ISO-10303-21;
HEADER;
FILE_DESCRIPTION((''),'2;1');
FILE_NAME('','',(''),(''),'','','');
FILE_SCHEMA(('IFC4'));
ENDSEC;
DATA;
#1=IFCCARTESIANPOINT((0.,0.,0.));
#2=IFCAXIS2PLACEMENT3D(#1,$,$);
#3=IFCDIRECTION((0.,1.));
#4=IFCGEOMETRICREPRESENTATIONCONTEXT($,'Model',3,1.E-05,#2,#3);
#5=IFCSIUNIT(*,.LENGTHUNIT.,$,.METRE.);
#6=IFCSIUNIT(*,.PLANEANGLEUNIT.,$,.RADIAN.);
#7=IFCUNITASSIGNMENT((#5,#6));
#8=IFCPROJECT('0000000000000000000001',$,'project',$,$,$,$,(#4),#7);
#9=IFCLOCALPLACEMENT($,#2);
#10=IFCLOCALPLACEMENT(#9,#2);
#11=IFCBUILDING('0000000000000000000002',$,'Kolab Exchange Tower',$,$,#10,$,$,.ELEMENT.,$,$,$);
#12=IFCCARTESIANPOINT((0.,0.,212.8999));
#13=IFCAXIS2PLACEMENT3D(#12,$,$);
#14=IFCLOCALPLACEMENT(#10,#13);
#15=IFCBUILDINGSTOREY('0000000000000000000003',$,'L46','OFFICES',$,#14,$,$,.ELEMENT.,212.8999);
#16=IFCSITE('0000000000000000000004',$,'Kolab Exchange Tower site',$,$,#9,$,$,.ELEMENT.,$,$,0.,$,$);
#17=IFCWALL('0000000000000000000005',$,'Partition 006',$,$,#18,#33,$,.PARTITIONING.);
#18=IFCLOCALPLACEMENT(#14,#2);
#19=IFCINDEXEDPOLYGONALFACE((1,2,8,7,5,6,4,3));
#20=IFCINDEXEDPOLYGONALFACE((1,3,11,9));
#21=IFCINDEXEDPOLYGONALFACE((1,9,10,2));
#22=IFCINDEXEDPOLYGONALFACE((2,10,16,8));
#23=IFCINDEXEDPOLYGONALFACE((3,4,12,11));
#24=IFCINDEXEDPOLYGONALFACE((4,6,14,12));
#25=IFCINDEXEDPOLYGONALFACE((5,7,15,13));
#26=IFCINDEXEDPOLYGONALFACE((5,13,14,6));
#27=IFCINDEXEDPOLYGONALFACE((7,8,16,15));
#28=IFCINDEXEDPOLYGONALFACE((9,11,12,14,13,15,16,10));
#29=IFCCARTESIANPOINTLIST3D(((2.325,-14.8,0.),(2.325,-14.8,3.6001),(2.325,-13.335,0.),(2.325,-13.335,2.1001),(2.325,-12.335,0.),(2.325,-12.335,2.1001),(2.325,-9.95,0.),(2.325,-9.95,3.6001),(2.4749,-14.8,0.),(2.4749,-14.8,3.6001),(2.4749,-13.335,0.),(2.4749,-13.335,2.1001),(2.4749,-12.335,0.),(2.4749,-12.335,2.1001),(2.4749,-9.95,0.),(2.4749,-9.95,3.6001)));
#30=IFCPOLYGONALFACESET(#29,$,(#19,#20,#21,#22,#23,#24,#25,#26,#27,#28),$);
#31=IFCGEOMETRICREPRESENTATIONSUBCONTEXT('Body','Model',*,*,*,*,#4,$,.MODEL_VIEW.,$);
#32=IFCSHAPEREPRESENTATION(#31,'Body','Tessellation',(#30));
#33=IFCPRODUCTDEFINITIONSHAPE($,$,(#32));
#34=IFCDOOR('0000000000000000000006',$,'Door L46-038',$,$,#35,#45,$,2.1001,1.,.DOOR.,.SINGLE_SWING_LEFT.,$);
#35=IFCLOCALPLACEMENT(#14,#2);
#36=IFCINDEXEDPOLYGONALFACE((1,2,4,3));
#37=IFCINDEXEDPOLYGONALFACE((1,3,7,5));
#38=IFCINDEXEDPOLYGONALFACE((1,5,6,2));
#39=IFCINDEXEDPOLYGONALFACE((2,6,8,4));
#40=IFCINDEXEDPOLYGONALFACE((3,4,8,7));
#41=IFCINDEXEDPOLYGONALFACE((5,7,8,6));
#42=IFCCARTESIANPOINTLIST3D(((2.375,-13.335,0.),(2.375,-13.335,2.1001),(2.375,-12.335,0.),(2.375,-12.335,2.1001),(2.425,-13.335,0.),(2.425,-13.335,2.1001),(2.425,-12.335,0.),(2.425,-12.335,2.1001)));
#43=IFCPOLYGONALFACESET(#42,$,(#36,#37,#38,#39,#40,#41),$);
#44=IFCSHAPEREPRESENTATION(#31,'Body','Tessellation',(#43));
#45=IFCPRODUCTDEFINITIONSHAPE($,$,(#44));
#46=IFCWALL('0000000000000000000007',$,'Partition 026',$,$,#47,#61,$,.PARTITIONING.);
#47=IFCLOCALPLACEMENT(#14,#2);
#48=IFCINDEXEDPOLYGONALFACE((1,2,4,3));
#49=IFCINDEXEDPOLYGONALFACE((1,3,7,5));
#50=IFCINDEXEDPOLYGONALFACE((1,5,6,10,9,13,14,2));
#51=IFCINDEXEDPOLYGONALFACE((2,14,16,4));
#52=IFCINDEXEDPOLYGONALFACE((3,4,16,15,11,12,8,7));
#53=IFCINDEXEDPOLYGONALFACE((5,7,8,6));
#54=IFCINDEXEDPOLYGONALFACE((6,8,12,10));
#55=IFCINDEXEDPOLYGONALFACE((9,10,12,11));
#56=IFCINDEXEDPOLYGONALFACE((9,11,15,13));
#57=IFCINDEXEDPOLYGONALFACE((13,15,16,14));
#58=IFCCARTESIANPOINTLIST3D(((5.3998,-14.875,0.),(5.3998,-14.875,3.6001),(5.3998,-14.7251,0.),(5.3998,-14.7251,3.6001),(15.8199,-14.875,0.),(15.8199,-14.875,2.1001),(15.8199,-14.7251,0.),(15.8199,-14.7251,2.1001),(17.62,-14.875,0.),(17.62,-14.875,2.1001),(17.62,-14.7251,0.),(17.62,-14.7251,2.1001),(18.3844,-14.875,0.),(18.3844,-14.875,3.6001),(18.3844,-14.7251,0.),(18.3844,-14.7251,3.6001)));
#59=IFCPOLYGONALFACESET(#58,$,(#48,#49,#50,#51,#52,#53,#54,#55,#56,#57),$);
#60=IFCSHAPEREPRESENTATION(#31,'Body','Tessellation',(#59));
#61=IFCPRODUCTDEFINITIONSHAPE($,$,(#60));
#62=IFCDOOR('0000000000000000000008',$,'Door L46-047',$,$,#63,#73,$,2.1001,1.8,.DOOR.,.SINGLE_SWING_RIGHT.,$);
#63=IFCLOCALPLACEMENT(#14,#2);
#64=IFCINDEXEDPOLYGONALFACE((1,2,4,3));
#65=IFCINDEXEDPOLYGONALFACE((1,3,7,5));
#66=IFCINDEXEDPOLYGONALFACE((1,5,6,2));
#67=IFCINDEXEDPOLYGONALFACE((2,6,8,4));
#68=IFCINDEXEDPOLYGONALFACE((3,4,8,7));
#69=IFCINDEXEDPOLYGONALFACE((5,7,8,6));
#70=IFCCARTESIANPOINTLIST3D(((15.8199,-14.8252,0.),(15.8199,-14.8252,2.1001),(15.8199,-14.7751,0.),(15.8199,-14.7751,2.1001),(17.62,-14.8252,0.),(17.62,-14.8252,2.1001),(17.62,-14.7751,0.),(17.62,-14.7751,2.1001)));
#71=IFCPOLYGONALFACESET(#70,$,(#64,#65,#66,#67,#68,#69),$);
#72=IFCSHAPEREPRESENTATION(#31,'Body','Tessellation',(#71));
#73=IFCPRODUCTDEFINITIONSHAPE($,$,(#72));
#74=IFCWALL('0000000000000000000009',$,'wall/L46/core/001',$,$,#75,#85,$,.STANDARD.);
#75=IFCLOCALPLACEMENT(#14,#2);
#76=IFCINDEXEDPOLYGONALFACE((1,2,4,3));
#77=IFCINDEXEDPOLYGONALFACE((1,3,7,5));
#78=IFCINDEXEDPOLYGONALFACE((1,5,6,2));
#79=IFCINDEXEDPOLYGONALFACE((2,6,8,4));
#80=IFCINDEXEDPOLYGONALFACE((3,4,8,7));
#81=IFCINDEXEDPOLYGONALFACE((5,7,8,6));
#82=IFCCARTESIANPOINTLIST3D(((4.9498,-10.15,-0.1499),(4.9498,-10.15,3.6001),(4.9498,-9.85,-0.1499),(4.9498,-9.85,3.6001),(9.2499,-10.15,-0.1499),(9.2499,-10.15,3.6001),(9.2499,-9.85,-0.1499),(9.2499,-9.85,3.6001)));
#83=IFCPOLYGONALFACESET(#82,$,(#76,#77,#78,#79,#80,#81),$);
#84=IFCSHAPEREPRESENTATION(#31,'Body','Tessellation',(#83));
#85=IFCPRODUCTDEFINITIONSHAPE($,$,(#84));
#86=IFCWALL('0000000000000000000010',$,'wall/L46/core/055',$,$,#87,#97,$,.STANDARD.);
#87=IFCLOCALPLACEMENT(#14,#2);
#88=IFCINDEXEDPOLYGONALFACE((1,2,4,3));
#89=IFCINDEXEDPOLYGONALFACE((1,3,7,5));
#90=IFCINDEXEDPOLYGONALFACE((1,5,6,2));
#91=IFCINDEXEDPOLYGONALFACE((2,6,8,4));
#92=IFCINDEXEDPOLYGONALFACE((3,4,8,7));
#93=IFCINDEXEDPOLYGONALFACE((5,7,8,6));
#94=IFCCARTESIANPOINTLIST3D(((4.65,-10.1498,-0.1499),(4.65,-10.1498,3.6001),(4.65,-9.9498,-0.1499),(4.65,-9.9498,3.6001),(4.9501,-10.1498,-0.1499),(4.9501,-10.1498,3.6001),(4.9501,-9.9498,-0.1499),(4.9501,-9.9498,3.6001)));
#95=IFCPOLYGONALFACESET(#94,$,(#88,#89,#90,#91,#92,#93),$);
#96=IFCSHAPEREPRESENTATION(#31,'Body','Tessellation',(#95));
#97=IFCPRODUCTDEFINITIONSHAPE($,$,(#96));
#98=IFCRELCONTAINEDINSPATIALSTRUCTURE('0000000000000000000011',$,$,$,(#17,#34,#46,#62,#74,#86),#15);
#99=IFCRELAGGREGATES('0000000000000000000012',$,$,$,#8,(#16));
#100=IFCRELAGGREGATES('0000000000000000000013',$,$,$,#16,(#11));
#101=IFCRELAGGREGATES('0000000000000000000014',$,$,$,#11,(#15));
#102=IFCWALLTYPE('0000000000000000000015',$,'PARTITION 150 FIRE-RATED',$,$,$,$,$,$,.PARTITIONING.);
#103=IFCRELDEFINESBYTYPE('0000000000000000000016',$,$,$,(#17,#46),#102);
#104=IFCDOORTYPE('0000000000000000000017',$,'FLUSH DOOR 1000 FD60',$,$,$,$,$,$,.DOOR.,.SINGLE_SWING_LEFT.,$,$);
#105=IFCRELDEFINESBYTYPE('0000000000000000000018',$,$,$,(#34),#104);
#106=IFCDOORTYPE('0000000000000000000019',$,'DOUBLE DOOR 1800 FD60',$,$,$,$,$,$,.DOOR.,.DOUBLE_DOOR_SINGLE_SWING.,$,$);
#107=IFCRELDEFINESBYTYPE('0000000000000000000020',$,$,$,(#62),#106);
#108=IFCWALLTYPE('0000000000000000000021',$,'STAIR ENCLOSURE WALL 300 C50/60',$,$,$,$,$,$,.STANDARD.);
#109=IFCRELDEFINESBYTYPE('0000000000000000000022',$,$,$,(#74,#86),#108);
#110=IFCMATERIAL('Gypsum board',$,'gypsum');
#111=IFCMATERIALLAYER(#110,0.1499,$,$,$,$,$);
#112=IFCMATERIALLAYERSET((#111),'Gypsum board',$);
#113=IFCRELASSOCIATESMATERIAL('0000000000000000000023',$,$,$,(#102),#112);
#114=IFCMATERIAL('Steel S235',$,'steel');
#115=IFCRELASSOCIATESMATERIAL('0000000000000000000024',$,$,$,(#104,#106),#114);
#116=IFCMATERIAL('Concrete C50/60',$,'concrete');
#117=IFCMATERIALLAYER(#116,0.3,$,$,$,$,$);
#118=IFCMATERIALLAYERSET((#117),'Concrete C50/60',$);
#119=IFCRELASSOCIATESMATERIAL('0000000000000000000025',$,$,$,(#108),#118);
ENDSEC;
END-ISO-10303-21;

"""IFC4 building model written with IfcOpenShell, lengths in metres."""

from ifc_helpers import new_model, si_unit, direction, frame, frame_2d, origin, place, context, subcontext, project, spatial, rectangle, extrude, material, layer, layer_set, type_object, element, fill, save


model = new_model("IFC4")

# Units and contexts
model_context = context("Model", 3, precision=1e-05, world=origin(), true_north=direction((0.0, 1.0)))
body_context = subcontext(model_context, "Body", "Model", "MODEL_VIEW")
ifc_project = project(units=[si_unit("LENGTHUNIT", "METRE"), si_unit("PLANEANGLEUNIT", "RADIAN")], contexts=[model_context])

# Site, building, storey
site_placement = place(None, origin())
site = spatial("IfcSite", under=ifc_project, at=site_placement, Name="Kolab Exchange Tower site", CompositionType="ELEMENT", RefElevation=0.0)
building_placement = place(site_placement, origin())
building = spatial("IfcBuilding", under=site, at=building_placement, Name="Kolab Exchange Tower", CompositionType="ELEMENT")
storey_placement = place(building_placement, frame((0.0, 0.0, 212.8999)))
storey = spatial("IfcBuildingStorey", under=building, at=storey_placement, Name="L46", Description="OFFICES", CompositionType="ELEMENT", Elevation=212.8999)

# Shared definitions
ifc_material_1 = material(Name="Gypsum board", Category="gypsum")

# Walls, openings, doors
ifc_layer_1 = layer(ifc_material_1, 0.1499)
ifc_layer_set_1 = layer_set([ifc_layer_1], Name="Gypsum board")
wall_type_1 = type_object("IfcWallType", Name="PARTITION 150 FIRE-RATED", PredefinedType="PARTITIONING", material=ifc_layer_set_1)
ifc_material_2 = material(Name="Steel S235", Category="steel")
door_type_1 = type_object("IfcDoorType", Name="FLUSH DOOR 1000 FD60", OperationType="SINGLE_SWING_LEFT", PredefinedType="DOOR", material=ifc_material_2)
wall_1_placement = place(storey_placement, frame((2.3999, -14.8, 0.0), z_axis=(0.0, 0.0, 1.0), x_axis=(0.0, 1.0, 0.0)))
wall_1 = element("IfcWall", 1, at=wall_1_placement, inside=storey, type_object=wall_type_1, Name="Partition 006", PredefinedType="PARTITIONING", context=body_context, shape_type="SweptSolid", body=[
    extrude(rectangle(XDim=4.8501, YDim=0.1499, at=frame_2d((2.425, 0.0))), origin(), (0.0, 0.0, 1.0), 3.6001),
])
opening_1_placement = place(wall_1_placement, frame((1.4651, 0.0, 0.0)))
opening_1 = element("IfcOpeningElement", 2, at=opening_1_placement, cuts=wall_1, PredefinedType="OPENING", context=body_context, shape_type="SweptSolid", body=[
    extrude(rectangle(XDim=1.0, YDim=2.1001, at=frame_2d((0.5, 1.05))), frame((0.0, 0.085, 0.0), z_axis=(0.0, -1.0, 0.0), x_axis=(1.0, 0.0, 0.0)), (0.0, 0.0, 1.0), 0.1699),
])
door_1_placement = place(opening_1_placement, origin())
door_1 = element("IfcDoor", 3, at=door_1_placement, inside=storey, type_object=door_type_1, Name="Door L46-038", OperationType="SINGLE_SWING_LEFT", OverallHeight=2.1001, OverallWidth=1.0, PredefinedType="DOOR", context=body_context, shape_type="SweptSolid", body=[
    extrude(rectangle(XDim=1.0, YDim=2.1001, at=frame_2d((0.5, 1.05))), frame((0.0, 0.0249, 0.0), z_axis=(0.0, -1.0, 0.0), x_axis=(1.0, 0.0, 0.0)), (0.0, 0.0, 1.0), 0.05),
])
fill(opening_1, door_1)
wall_2_placement = place(storey_placement, frame((5.3999, -14.8, 0.0), z_axis=(0.0, 0.0, 1.0), x_axis=(1.0, 0.0, 0.0)))
wall_2 = element("IfcWall", 4, at=wall_2_placement, inside=storey, type_object=wall_type_1, Name="Partition 026", PredefinedType="PARTITIONING", context=body_context, shape_type="SweptSolid", body=[
    extrude(rectangle(XDim=12.9846, YDim=0.1499, at=frame_2d((6.4922, 0.0))), origin(), (0.0, 0.0, 1.0), 3.6001),
])
opening_2_placement = place(wall_2_placement, frame((10.4202, 0.0, 0.0)))
opening_2 = element("IfcOpeningElement", 5, at=opening_2_placement, cuts=wall_2, PredefinedType="OPENING", context=body_context, shape_type="SweptSolid", body=[
    extrude(rectangle(XDim=1.8, YDim=2.1001, at=frame_2d((0.8999, 1.05))), frame((0.0, 0.085, 0.0), z_axis=(0.0, -1.0, 0.0), x_axis=(1.0, 0.0, 0.0)), (0.0, 0.0, 1.0), 0.1699),
])
door_type_2 = type_object("IfcDoorType", Name="DOUBLE DOOR 1800 FD60", OperationType="DOUBLE_DOOR_SINGLE_SWING", PredefinedType="DOOR", material=ifc_material_2)
door_2_placement = place(opening_2_placement, origin())
door_2 = element("IfcDoor", 6, at=door_2_placement, inside=storey, type_object=door_type_2, Name="Door L46-047", OperationType="SINGLE_SWING_RIGHT", OverallHeight=2.1001, OverallWidth=1.8, PredefinedType="DOOR", context=body_context, shape_type="SweptSolid", body=[
    extrude(rectangle(XDim=1.8, YDim=2.1001, at=frame_2d((0.8999, 1.05))), frame((0.0, 0.0249, 0.0), z_axis=(0.0, -1.0, 0.0), x_axis=(1.0, 0.0, 0.0)), (0.0, 0.0, 1.0), 0.05),
])
fill(opening_2, door_2)

# Walls
ifc_material_3 = material(Name="Concrete C50/60", Category="concrete")
ifc_layer_2 = layer(ifc_material_3, 0.3)
ifc_layer_set_2 = layer_set([ifc_layer_2], Name="Concrete C50/60")
wall_type_2 = type_object("IfcWallType", Name="STAIR ENCLOSURE WALL 300 C50/60", PredefinedType="STANDARD", material=ifc_layer_set_2)
wall_3_placement = place(storey_placement, frame((4.95, -10.0, -0.1499), z_axis=(0.0, 0.0, 1.0), x_axis=(1.0, 0.0, 0.0)))
element("IfcWall", 7, at=wall_3_placement, inside=storey, type_object=wall_type_2, Name="wall/L46/core/001", PredefinedType="STANDARD", context=body_context, shape_type="SweptSolid", body=[
    extrude(rectangle(XDim=4.3, YDim=0.3, at=frame_2d((2.1499, 0.0))), origin(), (0.0, 0.0, 1.0), 3.75),
])
wall_4_placement = place(storey_placement, frame((4.8, -10.1499, -0.1499), z_axis=(0.0, 0.0, 1.0), x_axis=(0.0, 1.0, 0.0)))
element("IfcWall", 8, at=wall_4_placement, inside=storey, type_object=wall_type_2, Name="wall/L46/core/055", PredefinedType="STANDARD", context=body_context, shape_type="SweptSolid", body=[
    extrude(rectangle(XDim=0.2, YDim=0.3, at=frame_2d((0.1001, 0.0))), origin(), (0.0, 0.0, 1.0), 3.75),
])

save(model, "model.ifc")
